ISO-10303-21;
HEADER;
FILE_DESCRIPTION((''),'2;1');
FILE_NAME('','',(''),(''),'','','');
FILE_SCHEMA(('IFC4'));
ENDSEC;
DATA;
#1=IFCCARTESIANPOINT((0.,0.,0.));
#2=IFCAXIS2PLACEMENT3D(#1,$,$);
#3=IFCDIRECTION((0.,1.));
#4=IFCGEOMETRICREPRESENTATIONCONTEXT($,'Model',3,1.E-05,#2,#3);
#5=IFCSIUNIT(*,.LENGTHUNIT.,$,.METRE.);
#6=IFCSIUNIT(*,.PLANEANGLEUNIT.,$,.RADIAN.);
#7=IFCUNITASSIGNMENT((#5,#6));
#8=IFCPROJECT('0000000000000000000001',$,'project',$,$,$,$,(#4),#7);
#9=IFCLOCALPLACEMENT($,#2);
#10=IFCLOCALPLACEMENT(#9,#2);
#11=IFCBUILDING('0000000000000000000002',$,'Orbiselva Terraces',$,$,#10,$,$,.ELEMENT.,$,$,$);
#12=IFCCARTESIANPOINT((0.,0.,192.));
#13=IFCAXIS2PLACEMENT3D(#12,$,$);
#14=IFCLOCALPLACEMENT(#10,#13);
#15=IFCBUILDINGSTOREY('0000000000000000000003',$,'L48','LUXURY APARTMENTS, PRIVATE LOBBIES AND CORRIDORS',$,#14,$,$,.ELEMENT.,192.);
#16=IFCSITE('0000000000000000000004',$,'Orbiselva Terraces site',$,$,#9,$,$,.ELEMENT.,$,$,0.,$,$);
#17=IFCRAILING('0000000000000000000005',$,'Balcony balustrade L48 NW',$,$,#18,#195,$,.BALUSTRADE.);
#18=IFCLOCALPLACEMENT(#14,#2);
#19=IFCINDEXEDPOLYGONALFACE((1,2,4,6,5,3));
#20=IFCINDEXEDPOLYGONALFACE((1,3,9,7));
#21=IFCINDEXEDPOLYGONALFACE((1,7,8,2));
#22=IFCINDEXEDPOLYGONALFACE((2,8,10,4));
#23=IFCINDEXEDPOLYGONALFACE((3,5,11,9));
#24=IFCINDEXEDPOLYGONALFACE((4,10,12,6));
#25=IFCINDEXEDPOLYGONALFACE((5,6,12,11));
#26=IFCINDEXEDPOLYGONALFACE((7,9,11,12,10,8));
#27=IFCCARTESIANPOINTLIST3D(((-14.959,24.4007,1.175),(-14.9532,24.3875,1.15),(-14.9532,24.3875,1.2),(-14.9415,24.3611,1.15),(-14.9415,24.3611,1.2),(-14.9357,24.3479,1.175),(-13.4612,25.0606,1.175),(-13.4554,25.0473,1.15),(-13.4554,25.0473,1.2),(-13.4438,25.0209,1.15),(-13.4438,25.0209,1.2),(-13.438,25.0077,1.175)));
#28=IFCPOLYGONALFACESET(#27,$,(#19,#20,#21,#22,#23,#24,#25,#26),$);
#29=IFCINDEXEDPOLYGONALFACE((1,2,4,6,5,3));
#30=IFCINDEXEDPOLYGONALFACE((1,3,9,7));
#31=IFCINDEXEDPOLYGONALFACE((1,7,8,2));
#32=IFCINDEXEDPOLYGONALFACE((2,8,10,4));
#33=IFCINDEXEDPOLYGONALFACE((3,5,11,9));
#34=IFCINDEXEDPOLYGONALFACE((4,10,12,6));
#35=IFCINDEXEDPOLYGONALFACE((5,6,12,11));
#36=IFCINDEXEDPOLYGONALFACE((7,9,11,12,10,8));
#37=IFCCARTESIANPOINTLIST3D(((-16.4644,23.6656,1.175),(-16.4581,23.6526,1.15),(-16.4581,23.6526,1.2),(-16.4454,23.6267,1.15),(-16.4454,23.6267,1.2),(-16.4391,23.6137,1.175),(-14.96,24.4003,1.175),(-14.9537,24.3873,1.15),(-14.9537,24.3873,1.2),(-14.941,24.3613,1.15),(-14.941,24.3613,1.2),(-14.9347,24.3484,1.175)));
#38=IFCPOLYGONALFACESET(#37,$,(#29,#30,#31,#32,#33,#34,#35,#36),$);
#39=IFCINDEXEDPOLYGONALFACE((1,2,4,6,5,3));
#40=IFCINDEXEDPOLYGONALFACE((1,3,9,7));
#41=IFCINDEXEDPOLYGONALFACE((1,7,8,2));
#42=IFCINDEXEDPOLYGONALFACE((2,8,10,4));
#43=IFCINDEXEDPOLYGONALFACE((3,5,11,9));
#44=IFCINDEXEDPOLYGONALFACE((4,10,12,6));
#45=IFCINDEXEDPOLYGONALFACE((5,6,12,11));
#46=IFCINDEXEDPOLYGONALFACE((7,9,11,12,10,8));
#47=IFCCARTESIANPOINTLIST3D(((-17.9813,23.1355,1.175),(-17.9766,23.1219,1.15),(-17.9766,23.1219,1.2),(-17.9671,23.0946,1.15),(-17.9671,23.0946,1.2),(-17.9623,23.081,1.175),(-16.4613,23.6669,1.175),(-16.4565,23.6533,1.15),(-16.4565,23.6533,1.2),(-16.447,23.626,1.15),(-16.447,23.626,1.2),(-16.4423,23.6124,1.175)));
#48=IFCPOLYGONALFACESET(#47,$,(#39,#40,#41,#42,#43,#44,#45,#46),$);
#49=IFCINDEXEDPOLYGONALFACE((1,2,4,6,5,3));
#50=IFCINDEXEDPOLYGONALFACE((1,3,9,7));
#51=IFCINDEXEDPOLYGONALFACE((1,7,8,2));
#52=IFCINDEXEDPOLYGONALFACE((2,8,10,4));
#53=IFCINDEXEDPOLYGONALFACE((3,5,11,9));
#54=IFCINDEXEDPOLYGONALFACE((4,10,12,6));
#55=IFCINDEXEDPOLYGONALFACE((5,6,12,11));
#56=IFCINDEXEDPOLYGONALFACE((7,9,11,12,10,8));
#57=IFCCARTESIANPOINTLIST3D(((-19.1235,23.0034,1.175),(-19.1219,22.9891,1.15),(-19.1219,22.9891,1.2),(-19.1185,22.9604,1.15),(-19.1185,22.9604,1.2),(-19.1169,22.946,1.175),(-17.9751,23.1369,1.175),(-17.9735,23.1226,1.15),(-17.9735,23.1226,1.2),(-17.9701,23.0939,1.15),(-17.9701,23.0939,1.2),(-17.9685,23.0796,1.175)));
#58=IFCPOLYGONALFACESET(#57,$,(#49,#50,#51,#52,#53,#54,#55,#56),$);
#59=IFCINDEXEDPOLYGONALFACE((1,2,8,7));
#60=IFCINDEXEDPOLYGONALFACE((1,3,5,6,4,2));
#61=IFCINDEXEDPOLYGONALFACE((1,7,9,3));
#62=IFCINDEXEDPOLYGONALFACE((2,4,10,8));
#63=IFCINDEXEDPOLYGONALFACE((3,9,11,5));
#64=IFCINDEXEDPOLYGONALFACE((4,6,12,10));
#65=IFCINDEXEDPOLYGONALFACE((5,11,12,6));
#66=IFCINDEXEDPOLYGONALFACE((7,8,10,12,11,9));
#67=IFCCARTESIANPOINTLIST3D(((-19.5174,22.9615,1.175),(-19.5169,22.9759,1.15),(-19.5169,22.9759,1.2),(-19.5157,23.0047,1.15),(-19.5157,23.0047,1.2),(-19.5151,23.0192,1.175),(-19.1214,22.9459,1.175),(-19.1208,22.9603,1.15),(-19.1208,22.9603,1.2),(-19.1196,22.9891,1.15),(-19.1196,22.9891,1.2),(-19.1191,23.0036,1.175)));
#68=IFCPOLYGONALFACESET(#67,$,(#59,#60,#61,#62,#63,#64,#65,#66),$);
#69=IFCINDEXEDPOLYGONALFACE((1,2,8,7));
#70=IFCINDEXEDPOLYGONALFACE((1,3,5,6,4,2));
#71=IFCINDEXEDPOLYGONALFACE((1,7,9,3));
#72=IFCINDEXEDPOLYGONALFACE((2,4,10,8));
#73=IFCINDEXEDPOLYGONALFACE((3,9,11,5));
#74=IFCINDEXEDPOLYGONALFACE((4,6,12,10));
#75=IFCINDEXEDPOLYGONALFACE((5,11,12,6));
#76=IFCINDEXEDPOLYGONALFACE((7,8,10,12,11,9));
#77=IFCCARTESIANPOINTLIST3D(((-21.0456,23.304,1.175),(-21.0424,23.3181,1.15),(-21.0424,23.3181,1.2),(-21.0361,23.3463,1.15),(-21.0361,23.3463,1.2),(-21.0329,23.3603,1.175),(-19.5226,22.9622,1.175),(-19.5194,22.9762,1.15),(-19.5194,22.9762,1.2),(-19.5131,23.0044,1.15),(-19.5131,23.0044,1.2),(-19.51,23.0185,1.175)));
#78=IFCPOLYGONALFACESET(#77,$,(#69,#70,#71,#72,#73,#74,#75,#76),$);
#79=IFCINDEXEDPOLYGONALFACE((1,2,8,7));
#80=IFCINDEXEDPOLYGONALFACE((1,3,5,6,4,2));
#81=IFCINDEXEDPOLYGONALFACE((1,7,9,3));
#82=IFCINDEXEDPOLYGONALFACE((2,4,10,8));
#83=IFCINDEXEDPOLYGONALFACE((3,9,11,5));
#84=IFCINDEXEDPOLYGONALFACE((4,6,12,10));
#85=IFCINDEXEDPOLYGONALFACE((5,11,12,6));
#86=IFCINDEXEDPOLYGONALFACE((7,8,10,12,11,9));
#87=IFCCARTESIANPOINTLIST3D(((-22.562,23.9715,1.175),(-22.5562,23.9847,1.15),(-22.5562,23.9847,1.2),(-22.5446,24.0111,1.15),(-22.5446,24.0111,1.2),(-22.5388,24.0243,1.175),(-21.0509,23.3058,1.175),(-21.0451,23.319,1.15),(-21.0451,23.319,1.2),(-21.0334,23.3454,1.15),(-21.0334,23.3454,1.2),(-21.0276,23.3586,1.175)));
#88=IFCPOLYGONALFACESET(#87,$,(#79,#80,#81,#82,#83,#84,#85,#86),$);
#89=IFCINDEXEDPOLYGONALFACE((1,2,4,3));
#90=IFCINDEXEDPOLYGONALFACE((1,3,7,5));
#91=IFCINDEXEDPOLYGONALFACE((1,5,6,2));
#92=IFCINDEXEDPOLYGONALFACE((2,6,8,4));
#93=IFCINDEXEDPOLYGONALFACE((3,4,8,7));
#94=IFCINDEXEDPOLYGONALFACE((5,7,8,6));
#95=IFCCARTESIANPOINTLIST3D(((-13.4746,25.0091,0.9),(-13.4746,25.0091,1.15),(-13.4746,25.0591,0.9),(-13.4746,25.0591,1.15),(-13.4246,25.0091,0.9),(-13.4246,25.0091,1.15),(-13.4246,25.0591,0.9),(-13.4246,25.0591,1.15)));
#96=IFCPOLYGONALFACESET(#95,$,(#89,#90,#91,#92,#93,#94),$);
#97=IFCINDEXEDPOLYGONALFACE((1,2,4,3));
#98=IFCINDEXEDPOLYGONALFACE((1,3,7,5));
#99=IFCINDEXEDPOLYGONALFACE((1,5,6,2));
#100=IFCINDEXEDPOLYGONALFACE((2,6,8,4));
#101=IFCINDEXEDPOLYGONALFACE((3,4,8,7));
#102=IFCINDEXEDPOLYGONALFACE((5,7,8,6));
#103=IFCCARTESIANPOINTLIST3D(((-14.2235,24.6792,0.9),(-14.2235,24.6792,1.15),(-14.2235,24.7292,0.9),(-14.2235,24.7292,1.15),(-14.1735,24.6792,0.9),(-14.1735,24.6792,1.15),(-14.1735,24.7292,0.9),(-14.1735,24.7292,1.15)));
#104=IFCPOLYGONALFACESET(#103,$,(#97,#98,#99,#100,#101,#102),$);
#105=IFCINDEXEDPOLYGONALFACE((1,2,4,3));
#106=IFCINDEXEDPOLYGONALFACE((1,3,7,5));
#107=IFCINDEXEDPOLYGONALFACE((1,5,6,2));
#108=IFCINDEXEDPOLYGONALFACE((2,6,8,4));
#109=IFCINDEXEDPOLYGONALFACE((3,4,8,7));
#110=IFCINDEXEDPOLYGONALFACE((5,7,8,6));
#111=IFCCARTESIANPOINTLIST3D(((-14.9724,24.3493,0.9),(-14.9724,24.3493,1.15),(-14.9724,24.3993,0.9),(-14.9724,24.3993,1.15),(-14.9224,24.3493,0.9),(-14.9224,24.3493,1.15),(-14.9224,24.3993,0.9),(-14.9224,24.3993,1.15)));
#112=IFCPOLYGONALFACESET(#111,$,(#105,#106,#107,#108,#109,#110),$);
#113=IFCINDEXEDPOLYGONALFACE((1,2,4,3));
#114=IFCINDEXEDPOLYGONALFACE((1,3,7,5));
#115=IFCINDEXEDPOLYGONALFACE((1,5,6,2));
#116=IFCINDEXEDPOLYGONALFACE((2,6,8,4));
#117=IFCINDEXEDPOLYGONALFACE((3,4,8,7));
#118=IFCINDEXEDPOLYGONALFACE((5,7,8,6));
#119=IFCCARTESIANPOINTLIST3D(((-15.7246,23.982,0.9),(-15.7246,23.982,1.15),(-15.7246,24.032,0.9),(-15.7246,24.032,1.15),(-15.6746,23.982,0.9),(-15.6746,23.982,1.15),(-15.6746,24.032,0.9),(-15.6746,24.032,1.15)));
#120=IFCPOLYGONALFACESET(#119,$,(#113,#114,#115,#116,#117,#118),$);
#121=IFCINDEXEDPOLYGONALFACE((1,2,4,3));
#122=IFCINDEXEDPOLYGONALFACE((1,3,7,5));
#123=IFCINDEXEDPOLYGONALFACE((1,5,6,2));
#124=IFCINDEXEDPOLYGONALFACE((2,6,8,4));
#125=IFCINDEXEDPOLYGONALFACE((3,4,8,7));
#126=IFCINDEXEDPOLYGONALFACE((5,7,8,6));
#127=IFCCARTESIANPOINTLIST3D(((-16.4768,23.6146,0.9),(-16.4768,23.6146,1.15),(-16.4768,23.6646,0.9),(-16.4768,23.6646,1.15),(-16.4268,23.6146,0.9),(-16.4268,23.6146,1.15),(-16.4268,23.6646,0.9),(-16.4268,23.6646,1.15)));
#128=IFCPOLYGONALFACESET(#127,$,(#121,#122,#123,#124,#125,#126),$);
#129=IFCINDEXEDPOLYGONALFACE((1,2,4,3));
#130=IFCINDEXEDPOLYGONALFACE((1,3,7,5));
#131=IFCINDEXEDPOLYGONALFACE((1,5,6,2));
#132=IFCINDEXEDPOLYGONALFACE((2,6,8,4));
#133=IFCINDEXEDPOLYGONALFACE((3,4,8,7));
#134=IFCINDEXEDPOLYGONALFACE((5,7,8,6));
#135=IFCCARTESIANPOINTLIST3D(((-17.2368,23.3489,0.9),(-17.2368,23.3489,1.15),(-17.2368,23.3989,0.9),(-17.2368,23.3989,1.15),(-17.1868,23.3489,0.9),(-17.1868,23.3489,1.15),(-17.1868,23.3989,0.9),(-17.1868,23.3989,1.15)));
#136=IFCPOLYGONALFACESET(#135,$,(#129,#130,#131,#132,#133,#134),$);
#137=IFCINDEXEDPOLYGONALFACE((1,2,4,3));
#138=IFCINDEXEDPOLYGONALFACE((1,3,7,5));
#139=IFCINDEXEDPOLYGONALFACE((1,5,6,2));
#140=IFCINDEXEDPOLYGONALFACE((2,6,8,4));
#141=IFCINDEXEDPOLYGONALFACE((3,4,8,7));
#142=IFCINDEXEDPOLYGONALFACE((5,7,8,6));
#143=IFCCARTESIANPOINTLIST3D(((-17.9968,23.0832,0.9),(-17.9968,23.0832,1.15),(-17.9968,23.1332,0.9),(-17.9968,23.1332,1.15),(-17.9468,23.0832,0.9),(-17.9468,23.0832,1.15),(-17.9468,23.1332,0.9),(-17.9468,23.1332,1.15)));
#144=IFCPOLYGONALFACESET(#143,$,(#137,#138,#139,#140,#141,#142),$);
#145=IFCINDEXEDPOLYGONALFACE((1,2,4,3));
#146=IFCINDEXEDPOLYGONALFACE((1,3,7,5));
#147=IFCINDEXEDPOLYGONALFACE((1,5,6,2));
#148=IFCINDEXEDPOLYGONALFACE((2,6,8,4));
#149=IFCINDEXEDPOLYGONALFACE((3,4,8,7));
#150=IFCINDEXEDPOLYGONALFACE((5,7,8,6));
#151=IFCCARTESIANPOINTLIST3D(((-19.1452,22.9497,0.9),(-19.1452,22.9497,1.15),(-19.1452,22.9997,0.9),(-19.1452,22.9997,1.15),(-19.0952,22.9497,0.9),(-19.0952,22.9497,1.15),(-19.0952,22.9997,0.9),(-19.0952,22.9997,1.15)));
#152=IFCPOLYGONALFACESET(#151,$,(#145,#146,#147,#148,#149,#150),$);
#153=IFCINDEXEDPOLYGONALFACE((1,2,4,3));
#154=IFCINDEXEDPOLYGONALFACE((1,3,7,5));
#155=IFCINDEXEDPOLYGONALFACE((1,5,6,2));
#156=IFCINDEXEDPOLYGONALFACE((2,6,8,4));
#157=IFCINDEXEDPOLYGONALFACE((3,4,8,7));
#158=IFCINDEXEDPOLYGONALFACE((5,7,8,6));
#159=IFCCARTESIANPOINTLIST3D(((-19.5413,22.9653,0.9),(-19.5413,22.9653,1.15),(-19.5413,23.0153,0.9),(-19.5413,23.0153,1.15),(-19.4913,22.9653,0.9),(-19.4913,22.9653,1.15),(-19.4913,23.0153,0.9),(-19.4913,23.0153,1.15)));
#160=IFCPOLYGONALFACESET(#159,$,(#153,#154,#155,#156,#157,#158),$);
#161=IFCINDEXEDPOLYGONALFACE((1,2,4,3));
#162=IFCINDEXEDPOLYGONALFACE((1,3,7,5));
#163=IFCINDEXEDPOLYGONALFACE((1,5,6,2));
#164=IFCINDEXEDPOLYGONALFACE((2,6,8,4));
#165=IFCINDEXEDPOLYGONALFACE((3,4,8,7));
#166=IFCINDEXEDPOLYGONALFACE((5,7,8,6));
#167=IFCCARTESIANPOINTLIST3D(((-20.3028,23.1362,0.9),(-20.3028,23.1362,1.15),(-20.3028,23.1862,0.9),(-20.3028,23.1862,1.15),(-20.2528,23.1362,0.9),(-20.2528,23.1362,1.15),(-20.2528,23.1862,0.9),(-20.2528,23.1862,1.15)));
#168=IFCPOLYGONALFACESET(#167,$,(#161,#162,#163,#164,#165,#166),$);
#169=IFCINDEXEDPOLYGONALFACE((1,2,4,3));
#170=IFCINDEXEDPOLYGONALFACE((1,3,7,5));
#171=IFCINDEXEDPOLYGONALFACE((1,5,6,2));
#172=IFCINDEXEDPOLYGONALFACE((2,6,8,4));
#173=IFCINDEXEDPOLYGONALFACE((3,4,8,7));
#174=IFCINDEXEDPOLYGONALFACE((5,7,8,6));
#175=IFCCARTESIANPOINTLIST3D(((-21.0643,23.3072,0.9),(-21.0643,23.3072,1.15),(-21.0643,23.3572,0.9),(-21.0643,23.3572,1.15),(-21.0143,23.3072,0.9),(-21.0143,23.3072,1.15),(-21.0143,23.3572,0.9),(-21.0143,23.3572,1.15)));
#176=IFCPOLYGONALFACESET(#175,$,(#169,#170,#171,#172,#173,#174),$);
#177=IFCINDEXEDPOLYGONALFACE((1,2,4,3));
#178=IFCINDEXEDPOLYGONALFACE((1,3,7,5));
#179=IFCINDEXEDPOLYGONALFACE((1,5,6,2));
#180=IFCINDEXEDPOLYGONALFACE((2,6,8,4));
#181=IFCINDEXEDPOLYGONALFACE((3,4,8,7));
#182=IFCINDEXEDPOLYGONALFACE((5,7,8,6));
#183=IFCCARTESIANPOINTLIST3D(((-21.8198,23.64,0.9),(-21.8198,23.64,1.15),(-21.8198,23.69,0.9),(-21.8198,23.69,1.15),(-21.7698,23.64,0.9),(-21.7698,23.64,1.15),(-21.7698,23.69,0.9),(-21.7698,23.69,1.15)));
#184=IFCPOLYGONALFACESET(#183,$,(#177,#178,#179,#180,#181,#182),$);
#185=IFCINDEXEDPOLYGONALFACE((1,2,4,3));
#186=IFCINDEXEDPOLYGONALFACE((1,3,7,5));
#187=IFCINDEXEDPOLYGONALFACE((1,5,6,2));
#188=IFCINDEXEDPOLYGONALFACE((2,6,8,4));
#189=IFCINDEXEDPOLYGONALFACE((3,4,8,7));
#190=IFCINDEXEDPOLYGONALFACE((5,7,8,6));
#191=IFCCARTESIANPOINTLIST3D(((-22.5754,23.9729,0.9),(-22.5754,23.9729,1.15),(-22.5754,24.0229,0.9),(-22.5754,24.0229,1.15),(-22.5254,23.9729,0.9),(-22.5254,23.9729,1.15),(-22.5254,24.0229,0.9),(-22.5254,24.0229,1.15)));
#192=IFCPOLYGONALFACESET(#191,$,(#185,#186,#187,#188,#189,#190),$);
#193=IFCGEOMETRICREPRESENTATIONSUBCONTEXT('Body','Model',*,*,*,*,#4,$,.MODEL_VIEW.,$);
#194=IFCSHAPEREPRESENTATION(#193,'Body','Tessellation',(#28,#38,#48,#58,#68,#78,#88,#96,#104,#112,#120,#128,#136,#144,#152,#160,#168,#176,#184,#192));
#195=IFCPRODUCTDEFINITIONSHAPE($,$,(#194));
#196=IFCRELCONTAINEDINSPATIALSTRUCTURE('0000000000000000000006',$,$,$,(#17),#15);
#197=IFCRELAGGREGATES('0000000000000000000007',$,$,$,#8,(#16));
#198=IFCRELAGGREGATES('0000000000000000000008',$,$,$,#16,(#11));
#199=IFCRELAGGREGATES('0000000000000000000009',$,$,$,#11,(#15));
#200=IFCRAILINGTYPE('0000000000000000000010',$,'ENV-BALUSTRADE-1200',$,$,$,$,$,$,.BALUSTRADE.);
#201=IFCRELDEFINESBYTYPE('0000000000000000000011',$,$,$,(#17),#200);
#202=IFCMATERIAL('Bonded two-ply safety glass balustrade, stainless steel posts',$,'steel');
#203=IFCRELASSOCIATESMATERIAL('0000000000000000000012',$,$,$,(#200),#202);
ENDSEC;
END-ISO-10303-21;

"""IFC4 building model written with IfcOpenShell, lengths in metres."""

from ifc_helpers import new_model, si_unit, direction, frame, origin, origin_2d, place, context, subcontext, project, spatial, polyline, rectangle, outline, extrude, material, type_object, element, save


model = new_model("IFC4")

# Units and contexts
model_context = context("Model", 3, precision=1e-05, world=origin(), true_north=direction((0.0, 1.0)))
body_context = subcontext(model_context, "Body", "Model", "MODEL_VIEW")
ifc_project = project(units=[si_unit("LENGTHUNIT", "METRE"), si_unit("PLANEANGLEUNIT", "RADIAN")], contexts=[model_context])

# Site, building, storey
site_placement = place(None, origin())
site = spatial("IfcSite", under=ifc_project, at=site_placement, Name="Orbiselva Terraces site", CompositionType="ELEMENT", RefElevation=0.0)
building_placement = place(site_placement, origin())
building = spatial("IfcBuilding", under=site, at=building_placement, Name="Orbiselva Terraces", CompositionType="ELEMENT")
storey_placement = place(building_placement, frame((0.0, 0.0, 192.0)))
storey = spatial("IfcBuildingStorey", under=building, at=storey_placement, Name="L48", Description="LUXURY APARTMENTS, PRIVATE LOBBIES AND CORRIDORS", CompositionType="ELEMENT", Elevation=192.0)

# Railing
ifc_material_1 = material(Name="Bonded two-ply safety glass balustrade, stainless steel posts", Category="steel")
railing_type_1 = type_object("IfcRailingType", Name="ENV-BALUSTRADE-1200", PredefinedType="BALUSTRADE", material=ifc_material_1)
railing_1_placement = place(storey_placement, frame((-13.4496, 25.0341, 0.9)))
element("IfcRailing", 1, at=railing_1_placement, inside=storey, type_object=railing_type_1, Name="Balcony balustrade L48 NW", PredefinedType="BALUSTRADE", context=body_context, shape_type="SweptSolid", body=[
    extrude(outline(polyline([(0.0289, 0.0), (0.0144, 0.025), (-0.0144, 0.025), (-0.0289, 0.0), (-0.0144, -0.025), (0.0144, -0.025), (0.0289, 0.0)])), frame((0.0, 0.0, 0.275), z_axis=(-0.915133, -0.403151, 0.0), x_axis=(0.403151, -0.915133, 0.0)), (0.0, 0.0, 1.0), 1.6366),
    extrude(outline(polyline([(0.0289, 0.0), (0.0144, 0.025), (-0.0144, 0.025), (-0.0289, 0.0), (-0.0144, -0.025), (0.0144, -0.025), (0.0289, 0.0)])), frame((-1.4978, -0.6598, 0.275), z_axis=(-0.898579, -0.438812, 0.0), x_axis=(0.438812, -0.898579, 0.0)), (0.0, 0.0, 1.0), 1.6742),
    extrude(outline(polyline([(0.0289, 0.0), (0.0144, 0.025), (-0.0144, 0.025), (-0.0289, 0.0), (-0.0144, -0.025), (0.0144, -0.025), (0.0289, 0.0)])), frame((-3.0022, -1.3945, 0.275), z_axis=(-0.943972, -0.330025, 0.0), x_axis=(0.330025, -0.943972, 0.0)), (0.0, 0.0, 1.0), 1.6103),
    extrude(outline(polyline([(0.0289, 0.0), (0.0144, 0.025), (-0.0144, 0.025), (-0.0289, 0.0), (-0.0144, -0.025), (0.0144, -0.025), (0.0289, 0.0)])), frame((-4.5222, -1.9259, 0.275), z_axis=(-0.99331, -0.115482, 0.0), x_axis=(0.115482, -0.99331, 0.0)), (0.0, 0.0, 1.0), 1.1561),
    extrude(outline(polyline([(0.0289, 0.0), (0.0144, 0.025), (-0.0144, 0.025), (-0.0289, 0.0), (-0.0144, -0.025), (0.0144, -0.025), (0.0289, 0.0)])), frame((-5.6706, -2.0594, 0.275), z_axis=(-0.999225, 0.039369, 0.0), x_axis=(-0.039369, -0.999225, 0.0)), (0.0, 0.0, 1.0), 0.3964),
    extrude(outline(polyline([(0.0289, 0.0), (0.0144, 0.025), (-0.0144, 0.025), (-0.0289, 0.0), (-0.0144, -0.025), (0.0144, -0.025), (0.0289, 0.0)])), frame((-6.0667, -2.0438, 0.275), z_axis=(-0.975721, 0.219016, 0.0), x_axis=(-0.219016, -0.975721, 0.0)), (0.0, 0.0, 1.0), 1.5609),
    extrude(outline(polyline([(0.0289, 0.0), (0.0144, 0.025), (-0.0144, 0.025), (-0.0289, 0.0), (-0.0144, -0.025), (0.0144, -0.025), (0.0289, 0.0)])), frame((-7.5896, -1.702, 0.275), z_axis=(-0.915134, 0.403151, 0.0), x_axis=(-0.403151, -0.915134, 0.0)), (0.0, 0.0, 1.0), 1.6513),
    extrude(rectangle(XDim=0.05, YDim=0.05, at=origin_2d()), origin(), (0.0, 0.0, 1.0), 0.25),
    extrude(rectangle(XDim=0.05, YDim=0.05, at=origin_2d()), frame((-0.7489, -0.3299, 0.0)), (0.0, 0.0, 1.0), 0.25),
    extrude(rectangle(XDim=0.05, YDim=0.05, at=origin_2d()), frame((-1.4978, -0.6598, 0.0)), (0.0, 0.0, 1.0), 0.25),
    extrude(rectangle(XDim=0.05, YDim=0.05, at=origin_2d()), frame((-2.25, -1.0272, 0.0)), (0.0, 0.0, 1.0), 0.25),
    extrude(rectangle(XDim=0.05, YDim=0.05, at=origin_2d()), frame((-3.0022, -1.3945, 0.0)), (0.0, 0.0, 1.0), 0.25),
    extrude(rectangle(XDim=0.05, YDim=0.05, at=origin_2d()), frame((-3.7622, -1.6602, 0.0)), (0.0, 0.0, 1.0), 0.25),
    extrude(rectangle(XDim=0.05, YDim=0.05, at=origin_2d()), frame((-4.5222, -1.9259, 0.0)), (0.0, 0.0, 1.0), 0.25),
    extrude(rectangle(XDim=0.05, YDim=0.05, at=origin_2d()), frame((-5.6706, -2.0594, 0.0)), (0.0, 0.0, 1.0), 0.25),
    extrude(rectangle(XDim=0.05, YDim=0.05, at=origin_2d()), frame((-6.0667, -2.0438, 0.0)), (0.0, 0.0, 1.0), 0.25),
    extrude(rectangle(XDim=0.05, YDim=0.05, at=origin_2d()), frame((-6.8282, -1.8729, 0.0)), (0.0, 0.0, 1.0), 0.25),
    extrude(rectangle(XDim=0.05, YDim=0.05, at=origin_2d()), frame((-7.5896, -1.702, 0.0)), (0.0, 0.0, 1.0), 0.25),
    extrude(rectangle(XDim=0.05, YDim=0.05, at=origin_2d()), frame((-8.3452, -1.3691, 0.0)), (0.0, 0.0, 1.0), 0.25),
    extrude(rectangle(XDim=0.05, YDim=0.05, at=origin_2d()), frame((-9.1008, -1.0362, 0.0)), (0.0, 0.0, 1.0), 0.25),
])

save(model, "model.ifc")
